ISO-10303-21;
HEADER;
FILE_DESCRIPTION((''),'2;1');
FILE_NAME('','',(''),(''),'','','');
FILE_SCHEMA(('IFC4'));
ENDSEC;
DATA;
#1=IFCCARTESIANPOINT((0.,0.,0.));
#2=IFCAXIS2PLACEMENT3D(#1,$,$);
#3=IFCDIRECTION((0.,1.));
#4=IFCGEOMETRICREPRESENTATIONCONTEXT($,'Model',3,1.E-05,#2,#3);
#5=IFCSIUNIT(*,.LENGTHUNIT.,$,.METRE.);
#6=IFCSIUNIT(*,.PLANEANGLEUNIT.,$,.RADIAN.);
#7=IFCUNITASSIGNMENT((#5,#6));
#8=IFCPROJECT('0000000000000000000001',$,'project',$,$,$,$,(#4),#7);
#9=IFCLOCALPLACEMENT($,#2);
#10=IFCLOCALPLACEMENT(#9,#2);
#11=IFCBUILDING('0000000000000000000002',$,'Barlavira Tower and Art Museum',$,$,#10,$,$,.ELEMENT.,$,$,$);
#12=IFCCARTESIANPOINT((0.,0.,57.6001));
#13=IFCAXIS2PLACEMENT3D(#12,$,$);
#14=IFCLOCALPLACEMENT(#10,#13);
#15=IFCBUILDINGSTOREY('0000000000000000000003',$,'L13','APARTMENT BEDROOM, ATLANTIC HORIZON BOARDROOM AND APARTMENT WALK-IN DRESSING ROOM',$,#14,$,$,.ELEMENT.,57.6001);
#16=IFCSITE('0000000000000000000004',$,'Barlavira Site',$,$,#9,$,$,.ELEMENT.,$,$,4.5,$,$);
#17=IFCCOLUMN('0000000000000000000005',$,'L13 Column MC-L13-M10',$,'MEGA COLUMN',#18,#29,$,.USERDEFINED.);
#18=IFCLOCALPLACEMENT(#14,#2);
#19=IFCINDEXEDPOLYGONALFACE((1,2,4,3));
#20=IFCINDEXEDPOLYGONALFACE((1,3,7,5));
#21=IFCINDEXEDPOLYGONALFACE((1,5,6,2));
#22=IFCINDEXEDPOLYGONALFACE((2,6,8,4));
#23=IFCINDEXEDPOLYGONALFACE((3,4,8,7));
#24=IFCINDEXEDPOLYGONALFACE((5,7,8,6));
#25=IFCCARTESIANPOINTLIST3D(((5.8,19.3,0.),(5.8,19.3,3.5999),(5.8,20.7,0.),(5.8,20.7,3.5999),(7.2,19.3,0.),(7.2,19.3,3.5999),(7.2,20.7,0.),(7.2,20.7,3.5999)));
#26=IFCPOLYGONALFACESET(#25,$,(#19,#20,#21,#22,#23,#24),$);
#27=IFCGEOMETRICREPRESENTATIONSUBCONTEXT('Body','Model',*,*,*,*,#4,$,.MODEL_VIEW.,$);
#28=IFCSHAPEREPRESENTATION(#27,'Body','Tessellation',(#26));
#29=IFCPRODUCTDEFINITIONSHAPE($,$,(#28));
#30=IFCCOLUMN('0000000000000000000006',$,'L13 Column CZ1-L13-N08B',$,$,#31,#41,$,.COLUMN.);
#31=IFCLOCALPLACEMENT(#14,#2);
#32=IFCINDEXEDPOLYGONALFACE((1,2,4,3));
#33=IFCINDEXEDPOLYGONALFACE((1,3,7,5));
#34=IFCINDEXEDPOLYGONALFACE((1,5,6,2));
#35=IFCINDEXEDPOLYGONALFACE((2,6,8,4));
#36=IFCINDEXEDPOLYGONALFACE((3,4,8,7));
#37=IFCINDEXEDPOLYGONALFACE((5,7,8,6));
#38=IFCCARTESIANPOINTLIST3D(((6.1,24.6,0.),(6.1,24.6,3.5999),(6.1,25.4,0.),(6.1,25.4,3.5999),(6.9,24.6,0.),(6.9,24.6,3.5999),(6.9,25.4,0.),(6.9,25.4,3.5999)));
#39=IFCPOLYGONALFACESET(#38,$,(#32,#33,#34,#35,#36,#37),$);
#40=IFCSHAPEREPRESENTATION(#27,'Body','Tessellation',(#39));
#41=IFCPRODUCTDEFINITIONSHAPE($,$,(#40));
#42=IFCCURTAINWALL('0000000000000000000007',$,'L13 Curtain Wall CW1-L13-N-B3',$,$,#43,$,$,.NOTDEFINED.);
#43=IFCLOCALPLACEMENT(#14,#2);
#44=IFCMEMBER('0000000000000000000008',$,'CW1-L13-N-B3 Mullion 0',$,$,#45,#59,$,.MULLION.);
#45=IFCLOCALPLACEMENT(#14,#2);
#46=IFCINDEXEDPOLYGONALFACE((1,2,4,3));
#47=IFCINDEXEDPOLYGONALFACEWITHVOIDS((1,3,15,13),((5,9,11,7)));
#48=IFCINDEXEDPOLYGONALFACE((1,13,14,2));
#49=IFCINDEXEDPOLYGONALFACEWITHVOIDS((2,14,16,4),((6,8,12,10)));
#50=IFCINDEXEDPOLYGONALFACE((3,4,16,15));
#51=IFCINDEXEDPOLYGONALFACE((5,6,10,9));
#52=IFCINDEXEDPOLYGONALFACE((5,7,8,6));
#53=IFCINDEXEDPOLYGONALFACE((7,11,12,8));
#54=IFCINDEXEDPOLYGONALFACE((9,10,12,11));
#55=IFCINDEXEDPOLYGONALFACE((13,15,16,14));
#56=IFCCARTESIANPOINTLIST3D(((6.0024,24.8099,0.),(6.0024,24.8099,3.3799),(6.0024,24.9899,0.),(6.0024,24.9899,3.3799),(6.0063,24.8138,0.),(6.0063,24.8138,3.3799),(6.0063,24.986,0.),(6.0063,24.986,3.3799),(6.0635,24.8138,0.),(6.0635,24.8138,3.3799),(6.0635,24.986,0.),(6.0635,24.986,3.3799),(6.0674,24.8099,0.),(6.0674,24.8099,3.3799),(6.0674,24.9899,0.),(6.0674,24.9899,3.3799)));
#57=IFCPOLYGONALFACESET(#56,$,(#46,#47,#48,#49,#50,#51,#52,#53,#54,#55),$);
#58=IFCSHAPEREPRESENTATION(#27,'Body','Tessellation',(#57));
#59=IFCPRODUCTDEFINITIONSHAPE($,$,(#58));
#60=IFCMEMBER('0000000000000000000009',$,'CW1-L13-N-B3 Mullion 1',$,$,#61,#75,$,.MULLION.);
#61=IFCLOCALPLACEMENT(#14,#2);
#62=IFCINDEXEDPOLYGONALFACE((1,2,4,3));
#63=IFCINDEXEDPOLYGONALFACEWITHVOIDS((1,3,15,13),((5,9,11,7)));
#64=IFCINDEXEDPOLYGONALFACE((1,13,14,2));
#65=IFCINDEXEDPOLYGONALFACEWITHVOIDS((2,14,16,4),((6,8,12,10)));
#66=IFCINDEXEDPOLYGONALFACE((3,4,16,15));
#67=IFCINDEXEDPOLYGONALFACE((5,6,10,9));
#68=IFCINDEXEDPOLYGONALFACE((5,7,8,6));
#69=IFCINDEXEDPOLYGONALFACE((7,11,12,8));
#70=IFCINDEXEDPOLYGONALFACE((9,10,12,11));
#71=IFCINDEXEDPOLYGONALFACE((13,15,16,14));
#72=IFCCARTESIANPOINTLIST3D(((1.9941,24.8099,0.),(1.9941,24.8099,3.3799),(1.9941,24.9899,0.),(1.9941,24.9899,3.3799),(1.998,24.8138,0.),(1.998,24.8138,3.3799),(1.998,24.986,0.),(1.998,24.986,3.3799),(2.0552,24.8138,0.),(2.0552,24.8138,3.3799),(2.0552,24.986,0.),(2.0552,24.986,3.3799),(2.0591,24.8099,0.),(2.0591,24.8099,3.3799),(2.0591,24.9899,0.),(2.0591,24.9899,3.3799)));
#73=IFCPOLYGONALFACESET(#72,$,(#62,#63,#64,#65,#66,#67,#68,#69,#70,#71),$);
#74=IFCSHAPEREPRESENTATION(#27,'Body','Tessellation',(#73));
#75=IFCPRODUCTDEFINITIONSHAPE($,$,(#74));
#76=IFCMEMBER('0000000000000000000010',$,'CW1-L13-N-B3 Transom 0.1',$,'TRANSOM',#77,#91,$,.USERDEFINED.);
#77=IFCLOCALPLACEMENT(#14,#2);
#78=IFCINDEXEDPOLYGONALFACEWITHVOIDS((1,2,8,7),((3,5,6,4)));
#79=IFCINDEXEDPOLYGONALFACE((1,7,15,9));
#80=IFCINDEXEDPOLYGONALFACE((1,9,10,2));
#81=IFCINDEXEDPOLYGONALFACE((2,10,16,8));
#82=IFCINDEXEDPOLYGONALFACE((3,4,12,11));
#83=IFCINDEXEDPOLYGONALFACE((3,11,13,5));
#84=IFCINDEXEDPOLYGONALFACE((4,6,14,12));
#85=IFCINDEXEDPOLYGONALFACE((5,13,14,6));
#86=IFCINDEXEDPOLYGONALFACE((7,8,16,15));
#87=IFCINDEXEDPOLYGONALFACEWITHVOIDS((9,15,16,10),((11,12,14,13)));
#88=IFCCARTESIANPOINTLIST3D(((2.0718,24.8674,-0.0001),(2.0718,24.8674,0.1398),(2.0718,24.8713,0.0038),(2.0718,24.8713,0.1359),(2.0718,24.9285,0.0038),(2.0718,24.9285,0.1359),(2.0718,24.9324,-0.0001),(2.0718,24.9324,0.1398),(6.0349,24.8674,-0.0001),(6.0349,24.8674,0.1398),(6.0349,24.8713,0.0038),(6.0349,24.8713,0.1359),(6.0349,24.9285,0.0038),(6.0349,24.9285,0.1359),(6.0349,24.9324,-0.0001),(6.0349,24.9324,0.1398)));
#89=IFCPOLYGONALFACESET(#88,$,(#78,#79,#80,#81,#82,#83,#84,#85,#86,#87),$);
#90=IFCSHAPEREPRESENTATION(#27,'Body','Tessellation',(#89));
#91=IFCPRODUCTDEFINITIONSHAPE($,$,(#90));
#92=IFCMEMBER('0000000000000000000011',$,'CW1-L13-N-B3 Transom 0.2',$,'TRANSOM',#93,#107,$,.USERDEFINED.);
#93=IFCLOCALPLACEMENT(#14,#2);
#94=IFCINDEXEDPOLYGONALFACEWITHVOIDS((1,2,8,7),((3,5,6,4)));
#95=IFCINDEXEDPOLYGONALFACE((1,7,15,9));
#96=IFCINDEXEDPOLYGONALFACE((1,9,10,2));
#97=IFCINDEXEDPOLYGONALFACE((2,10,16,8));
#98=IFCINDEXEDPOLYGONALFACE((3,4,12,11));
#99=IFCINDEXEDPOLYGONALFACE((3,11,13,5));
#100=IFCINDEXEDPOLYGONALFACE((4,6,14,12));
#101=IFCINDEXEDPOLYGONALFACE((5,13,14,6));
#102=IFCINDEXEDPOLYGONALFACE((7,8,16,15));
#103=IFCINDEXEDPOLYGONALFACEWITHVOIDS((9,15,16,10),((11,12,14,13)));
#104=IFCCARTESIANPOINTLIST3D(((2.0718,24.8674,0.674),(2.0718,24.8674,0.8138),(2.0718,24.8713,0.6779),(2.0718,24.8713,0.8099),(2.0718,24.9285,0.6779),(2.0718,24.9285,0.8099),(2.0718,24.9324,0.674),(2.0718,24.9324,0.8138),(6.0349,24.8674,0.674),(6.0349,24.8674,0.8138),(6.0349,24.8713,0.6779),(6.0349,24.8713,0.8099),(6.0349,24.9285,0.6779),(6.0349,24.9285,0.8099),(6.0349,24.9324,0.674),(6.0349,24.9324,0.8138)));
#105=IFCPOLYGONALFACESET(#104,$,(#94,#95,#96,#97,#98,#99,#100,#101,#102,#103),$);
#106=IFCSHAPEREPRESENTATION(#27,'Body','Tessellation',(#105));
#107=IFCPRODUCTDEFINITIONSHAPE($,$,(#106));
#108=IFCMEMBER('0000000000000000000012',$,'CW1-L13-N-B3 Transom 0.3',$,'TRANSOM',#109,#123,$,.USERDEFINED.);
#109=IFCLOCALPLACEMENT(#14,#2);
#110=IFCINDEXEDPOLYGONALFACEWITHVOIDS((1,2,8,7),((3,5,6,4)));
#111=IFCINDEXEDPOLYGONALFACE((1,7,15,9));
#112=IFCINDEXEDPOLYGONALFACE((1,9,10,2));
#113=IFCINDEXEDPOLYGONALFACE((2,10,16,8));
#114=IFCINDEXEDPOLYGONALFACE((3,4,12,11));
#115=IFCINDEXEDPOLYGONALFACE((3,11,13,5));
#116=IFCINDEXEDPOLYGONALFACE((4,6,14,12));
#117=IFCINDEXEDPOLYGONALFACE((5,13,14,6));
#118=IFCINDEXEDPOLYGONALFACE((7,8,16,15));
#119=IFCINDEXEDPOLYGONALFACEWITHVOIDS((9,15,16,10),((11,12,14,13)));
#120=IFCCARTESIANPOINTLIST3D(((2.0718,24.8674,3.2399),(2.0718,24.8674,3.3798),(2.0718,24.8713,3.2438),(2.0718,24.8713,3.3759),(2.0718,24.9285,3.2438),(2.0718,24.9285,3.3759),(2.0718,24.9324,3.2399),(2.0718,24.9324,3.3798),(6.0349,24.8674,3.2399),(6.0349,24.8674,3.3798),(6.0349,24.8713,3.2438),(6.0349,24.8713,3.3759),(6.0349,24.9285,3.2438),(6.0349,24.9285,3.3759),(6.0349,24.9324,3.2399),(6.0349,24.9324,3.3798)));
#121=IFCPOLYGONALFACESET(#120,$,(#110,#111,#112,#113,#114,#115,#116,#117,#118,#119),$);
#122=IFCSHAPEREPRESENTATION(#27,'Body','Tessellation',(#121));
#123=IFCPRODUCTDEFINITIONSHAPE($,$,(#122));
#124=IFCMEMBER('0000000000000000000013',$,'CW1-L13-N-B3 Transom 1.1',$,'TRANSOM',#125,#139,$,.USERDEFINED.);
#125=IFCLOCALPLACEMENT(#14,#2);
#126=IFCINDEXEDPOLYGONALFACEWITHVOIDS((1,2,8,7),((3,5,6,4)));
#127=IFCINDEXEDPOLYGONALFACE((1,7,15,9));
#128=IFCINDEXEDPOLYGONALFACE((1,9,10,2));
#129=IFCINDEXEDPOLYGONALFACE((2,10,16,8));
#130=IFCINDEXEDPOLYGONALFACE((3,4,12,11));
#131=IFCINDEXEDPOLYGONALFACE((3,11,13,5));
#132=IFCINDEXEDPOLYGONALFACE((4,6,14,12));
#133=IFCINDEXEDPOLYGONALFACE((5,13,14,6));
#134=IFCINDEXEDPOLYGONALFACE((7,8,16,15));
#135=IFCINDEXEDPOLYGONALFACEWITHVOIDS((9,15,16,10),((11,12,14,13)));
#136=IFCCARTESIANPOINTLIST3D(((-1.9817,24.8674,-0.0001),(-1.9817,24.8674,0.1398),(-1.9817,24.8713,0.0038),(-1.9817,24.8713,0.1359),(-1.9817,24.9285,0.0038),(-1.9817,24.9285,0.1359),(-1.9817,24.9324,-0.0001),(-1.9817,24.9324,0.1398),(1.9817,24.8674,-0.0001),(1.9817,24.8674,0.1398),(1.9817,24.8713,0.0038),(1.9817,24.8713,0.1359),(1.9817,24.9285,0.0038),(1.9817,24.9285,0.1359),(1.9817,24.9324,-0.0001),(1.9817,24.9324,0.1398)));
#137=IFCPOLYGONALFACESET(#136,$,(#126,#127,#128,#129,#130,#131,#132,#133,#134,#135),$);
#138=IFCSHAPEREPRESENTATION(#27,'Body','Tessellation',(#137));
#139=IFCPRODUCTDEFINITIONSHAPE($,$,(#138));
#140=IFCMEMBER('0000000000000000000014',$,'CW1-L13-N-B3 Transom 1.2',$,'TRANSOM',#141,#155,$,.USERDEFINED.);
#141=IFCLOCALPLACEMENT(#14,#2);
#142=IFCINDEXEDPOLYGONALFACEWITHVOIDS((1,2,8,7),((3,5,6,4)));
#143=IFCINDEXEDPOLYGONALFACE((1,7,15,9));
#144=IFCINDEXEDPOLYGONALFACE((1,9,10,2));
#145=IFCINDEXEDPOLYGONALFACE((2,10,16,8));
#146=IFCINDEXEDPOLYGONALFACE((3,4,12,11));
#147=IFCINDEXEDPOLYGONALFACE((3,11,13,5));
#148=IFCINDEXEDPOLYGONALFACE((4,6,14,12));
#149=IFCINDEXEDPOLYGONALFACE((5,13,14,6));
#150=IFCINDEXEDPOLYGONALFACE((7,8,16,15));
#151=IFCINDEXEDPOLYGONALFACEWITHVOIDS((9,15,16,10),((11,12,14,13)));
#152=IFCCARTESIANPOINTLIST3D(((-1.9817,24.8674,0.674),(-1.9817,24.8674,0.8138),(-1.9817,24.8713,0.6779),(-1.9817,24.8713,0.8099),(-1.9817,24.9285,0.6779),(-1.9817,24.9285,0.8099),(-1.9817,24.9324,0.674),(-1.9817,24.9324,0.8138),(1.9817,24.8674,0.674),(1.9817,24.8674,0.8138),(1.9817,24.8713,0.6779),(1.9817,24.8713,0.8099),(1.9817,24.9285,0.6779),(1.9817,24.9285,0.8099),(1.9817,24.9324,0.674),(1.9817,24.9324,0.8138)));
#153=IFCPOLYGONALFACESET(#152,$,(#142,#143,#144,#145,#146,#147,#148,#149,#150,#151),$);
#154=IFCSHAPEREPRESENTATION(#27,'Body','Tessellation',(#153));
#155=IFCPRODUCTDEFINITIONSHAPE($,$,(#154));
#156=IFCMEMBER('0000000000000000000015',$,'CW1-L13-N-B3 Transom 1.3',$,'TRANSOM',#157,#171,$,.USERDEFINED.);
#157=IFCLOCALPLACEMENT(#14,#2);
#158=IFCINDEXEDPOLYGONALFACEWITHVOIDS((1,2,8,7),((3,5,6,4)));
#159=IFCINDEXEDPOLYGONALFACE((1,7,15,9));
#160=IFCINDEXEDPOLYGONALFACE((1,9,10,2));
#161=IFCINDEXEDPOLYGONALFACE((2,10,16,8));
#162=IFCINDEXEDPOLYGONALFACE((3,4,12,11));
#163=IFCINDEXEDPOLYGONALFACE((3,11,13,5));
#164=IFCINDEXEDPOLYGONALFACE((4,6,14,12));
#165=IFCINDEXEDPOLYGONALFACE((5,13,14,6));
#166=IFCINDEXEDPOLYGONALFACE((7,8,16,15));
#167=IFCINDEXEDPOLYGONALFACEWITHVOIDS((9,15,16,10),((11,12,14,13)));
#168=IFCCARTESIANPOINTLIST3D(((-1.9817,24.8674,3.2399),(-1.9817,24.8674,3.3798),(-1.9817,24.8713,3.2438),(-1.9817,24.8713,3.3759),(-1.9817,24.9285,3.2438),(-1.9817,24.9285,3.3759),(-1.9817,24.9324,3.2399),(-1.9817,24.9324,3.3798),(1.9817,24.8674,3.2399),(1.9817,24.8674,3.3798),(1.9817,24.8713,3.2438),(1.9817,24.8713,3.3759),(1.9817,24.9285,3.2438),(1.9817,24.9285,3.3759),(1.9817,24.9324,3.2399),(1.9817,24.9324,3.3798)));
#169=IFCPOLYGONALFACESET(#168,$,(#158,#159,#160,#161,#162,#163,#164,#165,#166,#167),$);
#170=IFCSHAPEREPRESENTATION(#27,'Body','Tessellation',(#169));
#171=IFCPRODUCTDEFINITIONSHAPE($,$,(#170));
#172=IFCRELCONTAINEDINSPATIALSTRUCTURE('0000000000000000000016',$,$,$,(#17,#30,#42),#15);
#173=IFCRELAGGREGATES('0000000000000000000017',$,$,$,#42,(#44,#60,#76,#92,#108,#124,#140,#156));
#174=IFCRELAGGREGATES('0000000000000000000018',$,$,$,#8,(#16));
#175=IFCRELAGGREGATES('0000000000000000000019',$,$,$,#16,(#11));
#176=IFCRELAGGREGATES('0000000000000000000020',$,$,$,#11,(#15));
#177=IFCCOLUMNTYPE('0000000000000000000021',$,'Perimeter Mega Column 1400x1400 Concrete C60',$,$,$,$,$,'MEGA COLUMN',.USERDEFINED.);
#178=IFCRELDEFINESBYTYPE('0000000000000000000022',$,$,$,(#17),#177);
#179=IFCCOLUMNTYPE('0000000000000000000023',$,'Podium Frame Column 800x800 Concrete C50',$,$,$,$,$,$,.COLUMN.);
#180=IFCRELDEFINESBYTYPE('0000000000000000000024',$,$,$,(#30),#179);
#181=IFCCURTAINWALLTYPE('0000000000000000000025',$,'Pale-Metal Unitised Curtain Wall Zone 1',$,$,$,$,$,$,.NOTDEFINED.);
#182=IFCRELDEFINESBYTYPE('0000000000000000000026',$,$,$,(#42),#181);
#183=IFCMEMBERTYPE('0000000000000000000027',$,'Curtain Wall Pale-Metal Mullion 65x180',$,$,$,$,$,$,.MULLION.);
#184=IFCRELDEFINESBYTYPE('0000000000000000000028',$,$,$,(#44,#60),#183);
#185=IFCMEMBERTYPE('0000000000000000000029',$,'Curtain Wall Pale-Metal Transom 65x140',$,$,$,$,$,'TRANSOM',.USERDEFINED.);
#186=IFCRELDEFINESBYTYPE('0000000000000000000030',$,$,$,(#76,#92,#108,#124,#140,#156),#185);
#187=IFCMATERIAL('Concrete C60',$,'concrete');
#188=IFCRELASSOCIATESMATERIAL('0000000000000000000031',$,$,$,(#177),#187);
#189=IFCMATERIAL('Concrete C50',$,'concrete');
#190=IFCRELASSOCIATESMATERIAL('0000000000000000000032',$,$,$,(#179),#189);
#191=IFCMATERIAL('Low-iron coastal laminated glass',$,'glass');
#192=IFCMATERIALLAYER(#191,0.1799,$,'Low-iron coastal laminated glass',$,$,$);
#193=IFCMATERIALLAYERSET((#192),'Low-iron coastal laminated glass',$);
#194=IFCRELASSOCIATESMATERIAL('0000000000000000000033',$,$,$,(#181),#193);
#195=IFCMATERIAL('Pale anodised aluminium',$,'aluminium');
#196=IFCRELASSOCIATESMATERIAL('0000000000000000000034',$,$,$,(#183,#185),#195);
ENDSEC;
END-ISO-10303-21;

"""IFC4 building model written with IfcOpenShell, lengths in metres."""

from ifc_helpers import new_model, si_unit, direction, frame, origin, origin_2d, place, context, subcontext, project, spatial, rectangle, hollow_rectangle, extrude, material, layer, layer_set, material_profile, profile_set, type_object, element, aggregate, save


model = new_model("IFC4")

# Units and contexts
model_context = context("Model", 3, precision=1e-05, world=origin(), true_north=direction((0.0, 1.0)))
body_context = subcontext(model_context, "Body", "Model", "MODEL_VIEW")
ifc_project = project(units=[si_unit("LENGTHUNIT", "METRE"), si_unit("PLANEANGLEUNIT", "RADIAN")], contexts=[model_context])

# Site, building, storey
site_placement = place(None, origin())
site = spatial("IfcSite", under=ifc_project, at=site_placement, Name="Barlavira Site", CompositionType="ELEMENT", RefElevation=4.5)
building_placement = place(site_placement, origin())
building = spatial("IfcBuilding", under=site, at=building_placement, Name="Barlavira Tower and Art Museum", CompositionType="ELEMENT")
storey_placement = place(building_placement, frame((0.0, 0.0, 57.6001)))
storey = spatial("IfcBuildingStorey", under=building, at=storey_placement, Name="L13", Description="APARTMENT BEDROOM, ATLANTIC HORIZON BOARDROOM AND APARTMENT WALK-IN DRESSING ROOM", CompositionType="ELEMENT", Elevation=57.6001)

# Columns
ifc_material_1 = material(Name="Concrete C60", Category="concrete")
ifc_material_profile_1 = material_profile(ifc_material_1, rectangle(XDim=1.3999, YDim=1.3999, at=origin_2d()), Name="RC-MCOL 1400x1400")
ifc_profile_set_1 = profile_set([ifc_material_profile_1], Name="Concrete C60")
column_type_1 = type_object("IfcColumnType", Name="Perimeter Mega Column 1400x1400 Concrete C60", ElementType="MEGA COLUMN", PredefinedType="USERDEFINED", material=ifc_profile_set_1)
column_1_placement = place(storey_placement, frame((6.5, 20.0, 0.0), z_axis=(0.0, 0.0, 1.0), x_axis=(1.0, 0.0, 0.0)))
element("IfcColumn", 1, at=column_1_placement, inside=storey, type_object=column_type_1, Name="L13 Column MC-L13-M10", ObjectType="MEGA COLUMN", PredefinedType="USERDEFINED", context=body_context, shape_type="SweptSolid", body=[
    extrude(rectangle(XDim=1.3999, YDim=1.3999, at=origin_2d()), origin(), (0.0, 0.0, 1.0), 3.5999),
])
ifc_material_2 = material(Name="Concrete C50", Category="concrete")
ifc_material_profile_2 = material_profile(ifc_material_2, rectangle(XDim=0.8, YDim=0.8, at=origin_2d()), Name="RC-COL 800x800")
ifc_profile_set_2 = profile_set([ifc_material_profile_2], Name="Concrete C50")
column_type_2 = type_object("IfcColumnType", Name="Podium Frame Column 800x800 Concrete C50", PredefinedType="COLUMN", material=ifc_profile_set_2)
column_2_placement = place(storey_placement, frame((6.5, 25.0, 0.0), z_axis=(0.0, 0.0, 1.0), x_axis=(1.0, 0.0, 0.0)))
element("IfcColumn", 2, at=column_2_placement, inside=storey, type_object=column_type_2, Name="L13 Column CZ1-L13-N08B", PredefinedType="COLUMN", context=body_context, shape_type="SweptSolid", body=[
    extrude(rectangle(XDim=0.8, YDim=0.8, at=origin_2d()), origin(), (0.0, 0.0, 1.0), 3.5999),
])

# Curtain wall, members
ifc_material_3 = material(Name="Low-iron coastal laminated glass", Category="glass")
ifc_layer_1 = layer(ifc_material_3, 0.1799, Name="Low-iron coastal laminated glass")
ifc_layer_set_1 = layer_set([ifc_layer_1], Name="Low-iron coastal laminated glass")
curtain_wall_type = type_object("IfcCurtainWallType", Name="Pale-Metal Unitised Curtain Wall Zone 1", PredefinedType="NOTDEFINED", material=ifc_layer_set_1)
curtain_wall_placement = place(storey_placement, origin())
curtain_wall = element("IfcCurtainWall", 3, at=curtain_wall_placement, inside=storey, type_object=curtain_wall_type, Name="L13 Curtain Wall CW1-L13-N-B3", PredefinedType="NOTDEFINED")
ifc_material_4 = material(Name="Pale anodised aluminium", Category="aluminium")
ifc_material_profile_3 = material_profile(ifc_material_4, hollow_rectangle(XDim=0.0649, YDim=0.1799, WallThickness=0.0039, at=origin_2d()), Name="ALU-MULL 65x180x4")
ifc_profile_set_3 = profile_set([ifc_material_profile_3], Name="Pale anodised aluminium")
member_type_1 = type_object("IfcMemberType", Name="Curtain Wall Pale-Metal Mullion 65x180", PredefinedType="MULLION", material=ifc_profile_set_3)
member_1_placement = place(storey_placement, frame((6.0349, 24.8999, 0.0), z_axis=(0.0, 0.0, 1.0), x_axis=(-1.0, 0.0, 0.0)))
member_1 = element("IfcMember", 4, at=member_1_placement, type_object=member_type_1, Name="CW1-L13-N-B3 Mullion 0", PredefinedType="MULLION", context=body_context, shape_type="SweptSolid", body=[
    extrude(hollow_rectangle(XDim=0.0649, YDim=0.1799, WallThickness=0.0039, at=origin_2d()), origin(), (0.0, 0.0, 1.0), 3.3799),
])
member_2_placement = place(storey_placement, frame((2.0266, 24.8999, 0.0), z_axis=(0.0, 0.0, 1.0), x_axis=(-1.0, 0.0, 0.0)))
member_2 = element("IfcMember", 5, at=member_2_placement, type_object=member_type_1, Name="CW1-L13-N-B3 Mullion 1", PredefinedType="MULLION", context=body_context, shape_type="SweptSolid", body=[
    extrude(hollow_rectangle(XDim=0.0649, YDim=0.1799, WallThickness=0.0039, at=origin_2d()), origin(), (0.0, 0.0, 1.0), 3.3799),
])
ifc_material_profile_4 = material_profile(ifc_material_4, hollow_rectangle(XDim=0.0649, YDim=0.1399, WallThickness=0.0039, at=origin_2d()), Name="ALU-TRAN 65x140x4")
ifc_profile_set_4 = profile_set([ifc_material_profile_4], Name="Pale anodised aluminium")
member_type_2 = type_object("IfcMemberType", Name="Curtain Wall Pale-Metal Transom 65x140", ElementType="TRANSOM", PredefinedType="USERDEFINED", material=ifc_profile_set_4)
member_3_placement = place(storey_placement, frame((6.0349, 24.8999, 0.0698), z_axis=(-1.0, 0.0, 0.0), x_axis=(0.0, -1.0, 0.0)))
member_3 = element("IfcMember", 6, at=member_3_placement, type_object=member_type_2, Name="CW1-L13-N-B3 Transom 0.1", ObjectType="TRANSOM", PredefinedType="USERDEFINED", context=body_context, shape_type="SweptSolid", body=[
    extrude(hollow_rectangle(XDim=0.0649, YDim=0.1399, WallThickness=0.0039, at=origin_2d()), origin(), (0.0, 0.0, 1.0), 3.9631),
])
member_4_placement = place(storey_placement, frame((6.0349, 24.8999, 0.7439), z_axis=(-1.0, 0.0, 0.0), x_axis=(0.0, -1.0, 0.0)))
member_4 = element("IfcMember", 7, at=member_4_placement, type_object=member_type_2, Name="CW1-L13-N-B3 Transom 0.2", ObjectType="TRANSOM", PredefinedType="USERDEFINED", context=body_context, shape_type="SweptSolid", body=[
    extrude(hollow_rectangle(XDim=0.0649, YDim=0.1399, WallThickness=0.0039, at=origin_2d()), origin(), (0.0, 0.0, 1.0), 3.9631),
])
member_5_placement = place(storey_placement, frame((6.0349, 24.8999, 3.3098), z_axis=(-1.0, 0.0, 0.0), x_axis=(0.0, -1.0, 0.0)))
member_5 = element("IfcMember", 8, at=member_5_placement, type_object=member_type_2, Name="CW1-L13-N-B3 Transom 0.3", ObjectType="TRANSOM", PredefinedType="USERDEFINED", context=body_context, shape_type="SweptSolid", body=[
    extrude(hollow_rectangle(XDim=0.0649, YDim=0.1399, WallThickness=0.0039, at=origin_2d()), origin(), (0.0, 0.0, 1.0), 3.9631),
])
member_6_placement = place(storey_placement, frame((1.9817, 24.8999, 0.0698), z_axis=(-1.0, 0.0, 0.0), x_axis=(0.0, -1.0, 0.0)))
member_6 = element("IfcMember", 9, at=member_6_placement, type_object=member_type_2, Name="CW1-L13-N-B3 Transom 1.1", ObjectType="TRANSOM", PredefinedType="USERDEFINED", context=body_context, shape_type="SweptSolid", body=[
    extrude(hollow_rectangle(XDim=0.0649, YDim=0.1399, WallThickness=0.0039, at=origin_2d()), origin(), (0.0, 0.0, 1.0), 3.9634),
])
member_7_placement = place(storey_placement, frame((1.9817, 24.8999, 0.7439), z_axis=(-1.0, 0.0, 0.0), x_axis=(0.0, -1.0, 0.0)))
member_7 = element("IfcMember", 10, at=member_7_placement, type_object=member_type_2, Name="CW1-L13-N-B3 Transom 1.2", ObjectType="TRANSOM", PredefinedType="USERDEFINED", context=body_context, shape_type="SweptSolid", body=[
    extrude(hollow_rectangle(XDim=0.0649, YDim=0.1399, WallThickness=0.0039, at=origin_2d()), origin(), (0.0, 0.0, 1.0), 3.9634),
])
member_8_placement = place(storey_placement, frame((1.9817, 24.8999, 3.3098), z_axis=(-1.0, 0.0, 0.0), x_axis=(0.0, -1.0, 0.0)))
member_8 = element("IfcMember", 11, at=member_8_placement, type_object=member_type_2, Name="CW1-L13-N-B3 Transom 1.3", ObjectType="TRANSOM", PredefinedType="USERDEFINED", context=body_context, shape_type="SweptSolid", body=[
    extrude(hollow_rectangle(XDim=0.0649, YDim=0.1399, WallThickness=0.0039, at=origin_2d()), origin(), (0.0, 0.0, 1.0), 3.9634),
])

aggregate(curtain_wall, [member_1, member_2, member_3, member_4, member_5, member_6, member_7, member_8])

save(model, "model.ifc")
